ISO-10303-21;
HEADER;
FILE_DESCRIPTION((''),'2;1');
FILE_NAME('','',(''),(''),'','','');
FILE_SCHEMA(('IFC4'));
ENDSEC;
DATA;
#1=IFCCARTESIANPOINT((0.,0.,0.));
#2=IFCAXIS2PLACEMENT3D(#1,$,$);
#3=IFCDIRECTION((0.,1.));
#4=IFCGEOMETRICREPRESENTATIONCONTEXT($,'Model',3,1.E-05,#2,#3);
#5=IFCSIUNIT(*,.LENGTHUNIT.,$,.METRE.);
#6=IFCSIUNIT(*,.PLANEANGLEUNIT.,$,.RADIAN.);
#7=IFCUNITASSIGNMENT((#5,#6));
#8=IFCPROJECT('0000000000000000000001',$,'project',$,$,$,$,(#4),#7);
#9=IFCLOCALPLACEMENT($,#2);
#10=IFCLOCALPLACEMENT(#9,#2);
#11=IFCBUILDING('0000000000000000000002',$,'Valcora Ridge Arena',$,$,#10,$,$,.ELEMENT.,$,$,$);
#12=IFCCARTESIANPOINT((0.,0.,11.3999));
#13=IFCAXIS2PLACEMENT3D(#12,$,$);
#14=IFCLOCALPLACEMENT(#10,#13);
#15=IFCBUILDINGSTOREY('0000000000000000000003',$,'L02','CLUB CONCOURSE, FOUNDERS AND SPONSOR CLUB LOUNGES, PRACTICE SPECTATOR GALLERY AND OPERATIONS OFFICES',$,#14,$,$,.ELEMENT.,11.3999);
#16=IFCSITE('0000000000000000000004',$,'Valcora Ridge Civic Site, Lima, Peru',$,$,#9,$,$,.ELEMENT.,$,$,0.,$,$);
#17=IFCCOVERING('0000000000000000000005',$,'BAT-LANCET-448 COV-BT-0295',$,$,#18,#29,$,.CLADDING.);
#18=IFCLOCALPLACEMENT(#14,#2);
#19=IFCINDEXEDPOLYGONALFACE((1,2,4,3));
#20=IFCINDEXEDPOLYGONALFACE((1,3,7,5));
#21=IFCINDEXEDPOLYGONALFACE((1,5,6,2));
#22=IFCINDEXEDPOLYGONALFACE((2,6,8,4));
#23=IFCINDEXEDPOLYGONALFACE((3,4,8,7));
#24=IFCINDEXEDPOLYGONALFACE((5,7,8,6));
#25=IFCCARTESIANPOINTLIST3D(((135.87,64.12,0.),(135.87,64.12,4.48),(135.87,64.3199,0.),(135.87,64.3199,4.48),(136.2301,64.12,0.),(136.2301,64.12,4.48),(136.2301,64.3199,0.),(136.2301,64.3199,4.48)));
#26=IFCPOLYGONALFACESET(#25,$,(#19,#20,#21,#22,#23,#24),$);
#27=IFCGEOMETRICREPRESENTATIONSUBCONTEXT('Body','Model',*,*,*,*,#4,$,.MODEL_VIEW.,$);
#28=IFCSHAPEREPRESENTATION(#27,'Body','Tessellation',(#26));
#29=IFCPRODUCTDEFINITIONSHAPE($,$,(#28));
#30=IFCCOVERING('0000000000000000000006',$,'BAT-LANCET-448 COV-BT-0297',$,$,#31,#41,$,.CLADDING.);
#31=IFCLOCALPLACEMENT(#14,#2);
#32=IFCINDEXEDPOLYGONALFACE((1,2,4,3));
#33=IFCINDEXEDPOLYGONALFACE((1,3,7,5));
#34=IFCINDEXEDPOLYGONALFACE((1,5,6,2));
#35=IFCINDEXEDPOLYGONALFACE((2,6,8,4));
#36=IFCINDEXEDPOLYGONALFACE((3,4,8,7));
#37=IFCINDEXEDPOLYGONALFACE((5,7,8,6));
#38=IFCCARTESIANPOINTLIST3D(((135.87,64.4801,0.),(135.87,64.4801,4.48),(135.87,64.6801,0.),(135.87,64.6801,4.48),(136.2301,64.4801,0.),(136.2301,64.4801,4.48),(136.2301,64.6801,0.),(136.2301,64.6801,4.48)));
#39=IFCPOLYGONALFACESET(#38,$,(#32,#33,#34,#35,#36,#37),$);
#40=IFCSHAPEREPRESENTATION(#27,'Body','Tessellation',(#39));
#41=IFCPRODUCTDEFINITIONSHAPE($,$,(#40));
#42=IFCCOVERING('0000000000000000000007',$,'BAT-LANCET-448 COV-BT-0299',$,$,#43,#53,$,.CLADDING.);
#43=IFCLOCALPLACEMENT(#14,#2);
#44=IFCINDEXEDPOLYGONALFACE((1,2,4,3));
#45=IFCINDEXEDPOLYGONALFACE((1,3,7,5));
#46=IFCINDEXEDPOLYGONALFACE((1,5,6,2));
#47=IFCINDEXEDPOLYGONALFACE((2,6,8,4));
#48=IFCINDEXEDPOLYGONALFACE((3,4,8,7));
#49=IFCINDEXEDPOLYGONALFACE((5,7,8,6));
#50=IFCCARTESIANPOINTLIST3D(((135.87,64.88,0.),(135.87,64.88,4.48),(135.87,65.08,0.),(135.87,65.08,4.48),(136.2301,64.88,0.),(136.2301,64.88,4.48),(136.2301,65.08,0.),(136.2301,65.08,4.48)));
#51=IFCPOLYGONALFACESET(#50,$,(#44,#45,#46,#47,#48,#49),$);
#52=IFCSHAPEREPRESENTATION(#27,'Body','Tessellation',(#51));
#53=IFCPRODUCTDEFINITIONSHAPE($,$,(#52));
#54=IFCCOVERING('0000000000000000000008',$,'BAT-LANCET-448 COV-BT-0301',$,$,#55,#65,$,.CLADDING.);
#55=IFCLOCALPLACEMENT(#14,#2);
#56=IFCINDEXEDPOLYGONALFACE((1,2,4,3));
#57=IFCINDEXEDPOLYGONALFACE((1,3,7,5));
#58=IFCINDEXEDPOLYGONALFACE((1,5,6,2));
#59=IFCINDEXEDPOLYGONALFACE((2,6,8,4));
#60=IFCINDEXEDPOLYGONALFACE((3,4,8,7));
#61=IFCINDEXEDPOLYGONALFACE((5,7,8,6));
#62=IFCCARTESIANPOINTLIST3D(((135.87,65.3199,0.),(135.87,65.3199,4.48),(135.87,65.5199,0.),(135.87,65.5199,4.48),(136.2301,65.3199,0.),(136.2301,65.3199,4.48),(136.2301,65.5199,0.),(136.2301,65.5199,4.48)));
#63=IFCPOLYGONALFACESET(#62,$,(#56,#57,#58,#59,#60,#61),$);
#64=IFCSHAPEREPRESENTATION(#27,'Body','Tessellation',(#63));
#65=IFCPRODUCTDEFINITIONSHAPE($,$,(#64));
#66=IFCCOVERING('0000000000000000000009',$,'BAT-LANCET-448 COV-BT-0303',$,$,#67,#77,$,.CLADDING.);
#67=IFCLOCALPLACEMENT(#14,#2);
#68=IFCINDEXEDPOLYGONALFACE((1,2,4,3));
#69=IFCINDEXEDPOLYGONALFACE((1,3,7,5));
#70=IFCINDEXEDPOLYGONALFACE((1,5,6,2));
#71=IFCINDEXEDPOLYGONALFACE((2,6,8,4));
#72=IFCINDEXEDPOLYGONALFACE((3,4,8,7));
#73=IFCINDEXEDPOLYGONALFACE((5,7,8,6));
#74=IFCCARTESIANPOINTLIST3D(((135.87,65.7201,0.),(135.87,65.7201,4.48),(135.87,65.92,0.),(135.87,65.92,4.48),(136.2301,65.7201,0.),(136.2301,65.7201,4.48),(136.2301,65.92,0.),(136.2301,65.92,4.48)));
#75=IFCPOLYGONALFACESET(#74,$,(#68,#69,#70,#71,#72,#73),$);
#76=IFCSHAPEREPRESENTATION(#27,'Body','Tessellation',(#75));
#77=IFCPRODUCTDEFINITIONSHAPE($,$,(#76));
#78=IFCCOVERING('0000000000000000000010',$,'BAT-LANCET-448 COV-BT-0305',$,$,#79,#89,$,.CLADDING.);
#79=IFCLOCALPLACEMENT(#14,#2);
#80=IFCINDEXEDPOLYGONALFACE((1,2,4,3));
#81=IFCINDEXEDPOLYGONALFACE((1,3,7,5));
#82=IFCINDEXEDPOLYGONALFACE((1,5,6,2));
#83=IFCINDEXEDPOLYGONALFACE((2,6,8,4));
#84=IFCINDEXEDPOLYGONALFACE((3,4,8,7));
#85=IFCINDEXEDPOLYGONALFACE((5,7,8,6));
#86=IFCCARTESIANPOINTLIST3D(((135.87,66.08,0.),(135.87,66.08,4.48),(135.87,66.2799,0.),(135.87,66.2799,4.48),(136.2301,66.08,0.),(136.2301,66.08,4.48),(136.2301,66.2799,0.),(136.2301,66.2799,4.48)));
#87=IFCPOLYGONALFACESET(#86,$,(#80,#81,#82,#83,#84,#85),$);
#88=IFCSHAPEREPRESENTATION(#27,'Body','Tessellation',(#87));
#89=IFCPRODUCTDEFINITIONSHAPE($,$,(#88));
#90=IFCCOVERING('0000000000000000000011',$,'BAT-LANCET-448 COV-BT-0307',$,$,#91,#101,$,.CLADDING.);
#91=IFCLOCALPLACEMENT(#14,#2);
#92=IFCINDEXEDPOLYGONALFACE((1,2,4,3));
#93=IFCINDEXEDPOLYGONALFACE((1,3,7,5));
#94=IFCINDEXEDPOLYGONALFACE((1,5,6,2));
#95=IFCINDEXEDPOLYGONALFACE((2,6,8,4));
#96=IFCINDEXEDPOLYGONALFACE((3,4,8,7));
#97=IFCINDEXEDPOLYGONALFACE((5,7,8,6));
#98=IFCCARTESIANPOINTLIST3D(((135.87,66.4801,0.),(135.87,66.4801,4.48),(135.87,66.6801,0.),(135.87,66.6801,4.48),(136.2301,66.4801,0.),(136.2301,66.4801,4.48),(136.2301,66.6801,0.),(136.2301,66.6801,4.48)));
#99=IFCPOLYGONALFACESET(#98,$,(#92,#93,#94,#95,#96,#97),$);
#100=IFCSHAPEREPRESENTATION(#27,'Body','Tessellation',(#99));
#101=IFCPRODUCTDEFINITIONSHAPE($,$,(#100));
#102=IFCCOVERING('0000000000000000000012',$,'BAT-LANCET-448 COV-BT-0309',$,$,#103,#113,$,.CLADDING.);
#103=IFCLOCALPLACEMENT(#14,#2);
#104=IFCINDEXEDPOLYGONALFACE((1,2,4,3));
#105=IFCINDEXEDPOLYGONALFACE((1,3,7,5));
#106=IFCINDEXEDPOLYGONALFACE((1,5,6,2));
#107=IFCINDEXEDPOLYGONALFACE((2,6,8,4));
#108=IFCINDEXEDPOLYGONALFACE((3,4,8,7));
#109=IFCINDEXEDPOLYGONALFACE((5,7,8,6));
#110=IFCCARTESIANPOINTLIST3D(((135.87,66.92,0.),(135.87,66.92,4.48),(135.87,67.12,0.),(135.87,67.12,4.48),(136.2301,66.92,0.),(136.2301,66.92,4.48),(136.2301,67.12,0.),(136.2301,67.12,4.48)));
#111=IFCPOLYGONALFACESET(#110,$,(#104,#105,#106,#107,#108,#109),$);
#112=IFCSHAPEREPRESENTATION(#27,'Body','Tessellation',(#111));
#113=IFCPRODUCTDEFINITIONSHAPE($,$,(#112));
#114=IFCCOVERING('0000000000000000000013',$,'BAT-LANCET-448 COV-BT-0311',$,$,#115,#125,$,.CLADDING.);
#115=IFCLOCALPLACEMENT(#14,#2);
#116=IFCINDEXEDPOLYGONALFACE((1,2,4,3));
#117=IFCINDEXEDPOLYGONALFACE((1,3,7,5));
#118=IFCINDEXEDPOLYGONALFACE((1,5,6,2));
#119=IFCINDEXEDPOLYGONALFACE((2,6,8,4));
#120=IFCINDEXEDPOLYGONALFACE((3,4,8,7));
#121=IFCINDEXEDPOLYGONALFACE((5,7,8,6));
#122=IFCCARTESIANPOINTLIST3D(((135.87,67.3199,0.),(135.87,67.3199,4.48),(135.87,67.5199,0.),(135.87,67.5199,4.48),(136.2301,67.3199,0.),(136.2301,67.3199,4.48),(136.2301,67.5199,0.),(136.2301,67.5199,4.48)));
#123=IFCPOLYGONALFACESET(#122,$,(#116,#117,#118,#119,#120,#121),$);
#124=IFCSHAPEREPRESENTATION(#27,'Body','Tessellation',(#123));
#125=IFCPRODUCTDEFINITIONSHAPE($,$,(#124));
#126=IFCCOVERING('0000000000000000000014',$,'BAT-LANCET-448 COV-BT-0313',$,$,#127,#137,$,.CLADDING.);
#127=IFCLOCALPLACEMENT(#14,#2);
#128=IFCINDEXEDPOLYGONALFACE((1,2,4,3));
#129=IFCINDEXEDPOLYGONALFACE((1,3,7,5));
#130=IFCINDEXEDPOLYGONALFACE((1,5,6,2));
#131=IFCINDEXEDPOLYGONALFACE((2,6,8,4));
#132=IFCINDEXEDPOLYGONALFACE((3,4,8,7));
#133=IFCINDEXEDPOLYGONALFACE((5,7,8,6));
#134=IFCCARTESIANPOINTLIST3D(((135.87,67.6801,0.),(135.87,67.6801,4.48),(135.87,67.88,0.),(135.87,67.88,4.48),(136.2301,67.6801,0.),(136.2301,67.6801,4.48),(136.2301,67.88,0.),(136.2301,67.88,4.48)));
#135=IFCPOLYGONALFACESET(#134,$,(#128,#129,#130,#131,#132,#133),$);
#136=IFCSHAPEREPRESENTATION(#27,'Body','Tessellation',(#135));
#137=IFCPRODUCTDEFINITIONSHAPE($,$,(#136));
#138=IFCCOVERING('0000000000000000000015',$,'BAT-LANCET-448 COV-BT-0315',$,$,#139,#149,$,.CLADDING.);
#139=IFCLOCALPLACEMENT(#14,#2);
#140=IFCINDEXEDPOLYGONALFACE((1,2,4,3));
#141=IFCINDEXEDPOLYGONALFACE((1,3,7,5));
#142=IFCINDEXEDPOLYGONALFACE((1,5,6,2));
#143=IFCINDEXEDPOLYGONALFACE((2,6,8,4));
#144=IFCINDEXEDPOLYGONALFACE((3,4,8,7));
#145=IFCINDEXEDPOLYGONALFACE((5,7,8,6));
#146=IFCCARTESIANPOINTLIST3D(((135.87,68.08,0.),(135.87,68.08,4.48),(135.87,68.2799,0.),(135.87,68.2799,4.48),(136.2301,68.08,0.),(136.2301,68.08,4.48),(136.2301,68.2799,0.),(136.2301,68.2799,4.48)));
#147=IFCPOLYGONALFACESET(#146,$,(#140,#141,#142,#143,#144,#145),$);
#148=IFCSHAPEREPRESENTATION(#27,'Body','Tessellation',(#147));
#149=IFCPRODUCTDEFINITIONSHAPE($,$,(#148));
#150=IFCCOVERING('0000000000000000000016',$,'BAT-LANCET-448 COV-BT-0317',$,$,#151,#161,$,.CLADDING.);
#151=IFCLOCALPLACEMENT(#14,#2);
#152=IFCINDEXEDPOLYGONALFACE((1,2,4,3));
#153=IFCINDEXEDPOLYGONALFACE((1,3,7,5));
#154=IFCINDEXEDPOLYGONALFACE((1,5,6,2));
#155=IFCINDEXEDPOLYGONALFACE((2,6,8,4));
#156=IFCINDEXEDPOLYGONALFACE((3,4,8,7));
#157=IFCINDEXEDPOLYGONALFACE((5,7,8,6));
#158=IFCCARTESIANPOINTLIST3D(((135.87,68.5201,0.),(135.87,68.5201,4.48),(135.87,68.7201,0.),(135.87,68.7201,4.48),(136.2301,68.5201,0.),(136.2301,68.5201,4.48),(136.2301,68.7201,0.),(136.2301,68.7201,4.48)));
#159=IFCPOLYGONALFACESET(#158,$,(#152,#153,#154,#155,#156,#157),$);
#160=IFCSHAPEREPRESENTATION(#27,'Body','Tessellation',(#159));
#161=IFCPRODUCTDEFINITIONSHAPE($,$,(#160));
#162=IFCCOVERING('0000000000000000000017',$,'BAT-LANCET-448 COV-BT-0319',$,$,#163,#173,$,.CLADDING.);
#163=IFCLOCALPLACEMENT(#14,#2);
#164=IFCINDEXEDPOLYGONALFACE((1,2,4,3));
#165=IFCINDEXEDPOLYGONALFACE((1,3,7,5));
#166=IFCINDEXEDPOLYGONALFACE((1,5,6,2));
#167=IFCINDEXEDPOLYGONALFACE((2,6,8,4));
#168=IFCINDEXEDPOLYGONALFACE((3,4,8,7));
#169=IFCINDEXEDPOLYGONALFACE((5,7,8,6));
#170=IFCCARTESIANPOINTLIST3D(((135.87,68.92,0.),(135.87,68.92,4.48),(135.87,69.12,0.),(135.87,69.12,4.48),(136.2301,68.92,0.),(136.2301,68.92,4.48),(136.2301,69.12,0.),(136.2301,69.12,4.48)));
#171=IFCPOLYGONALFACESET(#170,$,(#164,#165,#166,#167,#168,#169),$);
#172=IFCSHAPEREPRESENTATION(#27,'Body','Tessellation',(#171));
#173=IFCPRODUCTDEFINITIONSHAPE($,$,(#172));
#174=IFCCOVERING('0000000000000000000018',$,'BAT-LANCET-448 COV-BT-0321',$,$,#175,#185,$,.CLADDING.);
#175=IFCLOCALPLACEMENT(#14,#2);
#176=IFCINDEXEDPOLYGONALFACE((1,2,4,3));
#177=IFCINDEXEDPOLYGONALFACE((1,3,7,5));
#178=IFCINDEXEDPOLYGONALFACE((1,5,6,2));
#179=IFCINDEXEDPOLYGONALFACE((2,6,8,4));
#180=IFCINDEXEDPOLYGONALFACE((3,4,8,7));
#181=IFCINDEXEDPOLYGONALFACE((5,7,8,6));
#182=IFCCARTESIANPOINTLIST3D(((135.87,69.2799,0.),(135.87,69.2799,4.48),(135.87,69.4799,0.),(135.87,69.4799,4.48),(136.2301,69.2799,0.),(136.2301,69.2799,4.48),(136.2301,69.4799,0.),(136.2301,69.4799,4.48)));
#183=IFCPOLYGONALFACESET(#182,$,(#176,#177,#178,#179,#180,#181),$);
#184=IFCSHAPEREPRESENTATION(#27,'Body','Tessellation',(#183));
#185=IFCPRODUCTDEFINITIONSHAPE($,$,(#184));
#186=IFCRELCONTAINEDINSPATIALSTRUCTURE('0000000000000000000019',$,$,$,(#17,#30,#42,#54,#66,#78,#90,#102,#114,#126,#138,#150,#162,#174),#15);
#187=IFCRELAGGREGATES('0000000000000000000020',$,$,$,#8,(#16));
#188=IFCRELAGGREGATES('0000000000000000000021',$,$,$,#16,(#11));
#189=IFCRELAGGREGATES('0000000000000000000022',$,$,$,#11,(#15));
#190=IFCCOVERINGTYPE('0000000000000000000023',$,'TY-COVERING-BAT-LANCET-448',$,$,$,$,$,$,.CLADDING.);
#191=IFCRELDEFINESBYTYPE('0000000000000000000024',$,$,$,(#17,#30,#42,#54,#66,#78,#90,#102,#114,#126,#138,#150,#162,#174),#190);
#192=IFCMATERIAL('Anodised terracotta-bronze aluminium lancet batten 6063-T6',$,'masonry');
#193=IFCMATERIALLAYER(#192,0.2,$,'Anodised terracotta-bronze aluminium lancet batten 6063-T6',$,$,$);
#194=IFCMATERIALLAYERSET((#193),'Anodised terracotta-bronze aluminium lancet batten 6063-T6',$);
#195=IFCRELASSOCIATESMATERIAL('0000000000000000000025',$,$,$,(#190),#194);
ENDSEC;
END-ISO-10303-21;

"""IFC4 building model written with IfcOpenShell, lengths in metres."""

from ifc_helpers import new_model, si_unit, direction, frame, origin, origin_2d, place, context, subcontext, project, spatial, rectangle, extrude, material, layer, layer_set, type_object, element, save


model = new_model("IFC4")

# Units and contexts
model_context = context("Model", 3, precision=1e-05, world=origin(), true_north=direction((0.0, 1.0)))
body_context = subcontext(model_context, "Body", "Model", "MODEL_VIEW")
ifc_project = project(units=[si_unit("LENGTHUNIT", "METRE"), si_unit("PLANEANGLEUNIT", "RADIAN")], contexts=[model_context])

# Site, building, storey
site_placement = place(None, origin())
site = spatial("IfcSite", under=ifc_project, at=site_placement, Name="Valcora Ridge Civic Site, Lima, Peru", CompositionType="ELEMENT", RefElevation=0.0)
building_placement = place(site_placement, origin())
building = spatial("IfcBuilding", under=site, at=building_placement, Name="Valcora Ridge Arena", CompositionType="ELEMENT")
storey_placement = place(building_placement, frame((0.0, 0.0, 11.3999)))
storey = spatial("IfcBuildingStorey", under=building, at=storey_placement, Name="L02", Description="CLUB CONCOURSE, FOUNDERS AND SPONSOR CLUB LOUNGES, PRACTICE SPECTATOR GALLERY AND OPERATIONS OFFICES", CompositionType="ELEMENT", Elevation=11.3999)

# Coverings
ifc_material_1 = material(Name="Anodised terracotta-bronze aluminium lancet batten 6063-T6", Category="masonry")
ifc_layer_1 = layer(ifc_material_1, 0.2, Name="Anodised terracotta-bronze aluminium lancet batten 6063-T6")
ifc_layer_set_1 = layer_set([ifc_layer_1], Name="Anodised terracotta-bronze aluminium lancet batten 6063-T6")
covering_type = type_object("IfcCoveringType", Name="TY-COVERING-BAT-LANCET-448", PredefinedType="CLADDING", material=ifc_layer_set_1)
for number, where, z_axis, x_axis, name in (
    (1, (136.05, 64.22, 0.0), (0.0, 0.0, 1.0), (1.0, 0.0, 0.0), "BAT-LANCET-448 COV-BT-0295"),
    (2, (136.05, 64.5801, 0.0), (0.0, 0.0, 1.0), (1.0, 0.0, 0.0), "BAT-LANCET-448 COV-BT-0297"),
    (3, (136.05, 64.98, 0.0), (0.0, 0.0, 1.0), (1.0, 0.0, 0.0), "BAT-LANCET-448 COV-BT-0299"),
    (4, (136.05, 65.4199, 0.0), (0.0, 0.0, 1.0), (1.0, 0.0, 0.0), "BAT-LANCET-448 COV-BT-0301"),
    (5, (136.05, 65.8201, 0.0), (0.0, 0.0, 1.0), (1.0, 0.0, 0.0), "BAT-LANCET-448 COV-BT-0303"),
    (6, (136.05, 66.1799, 0.0), (0.0, 0.0, 1.0), (1.0, 0.0, 0.0), "BAT-LANCET-448 COV-BT-0305"),
    (7, (136.05, 66.5801, 0.0), (0.0, 0.0, 1.0), (1.0, 0.0, 0.0), "BAT-LANCET-448 COV-BT-0307"),
    (8, (136.05, 67.02, 0.0), (0.0, 0.0, 1.0), (1.0, 0.0, 0.0), "BAT-LANCET-448 COV-BT-0309"),
    (9, (136.05, 67.4199, 0.0), (0.0, 0.0, 1.0), (1.0, 0.0, 0.0), "BAT-LANCET-448 COV-BT-0311"),
    (10, (136.05, 67.78, 0.0), (0.0, 0.0, 1.0), (1.0, 0.0, 0.0), "BAT-LANCET-448 COV-BT-0313"),
    (11, (136.05, 68.1799, 0.0), (0.0, 0.0, 1.0), (1.0, 0.0, 0.0), "BAT-LANCET-448 COV-BT-0315"),
    (12, (136.05, 68.6201, 0.0), (0.0, 0.0, 1.0), (1.0, 0.0, 0.0), "BAT-LANCET-448 COV-BT-0317"),
    (13, (136.05, 69.02, 0.0), (0.0, 0.0, 1.0), (1.0, 0.0, 0.0), "BAT-LANCET-448 COV-BT-0319"),
    (14, (136.05, 69.3799, 0.0), (0.0, 0.0, 1.0), (1.0, 0.0, 0.0), "BAT-LANCET-448 COV-BT-0321"),
):
    element("IfcCovering", number, at=place(storey_placement, frame(where, z_axis=z_axis, x_axis=x_axis)), inside=storey, type_object=covering_type, Name=name, PredefinedType="CLADDING", context=body_context, shape_type="SweptSolid", body=[
        extrude(rectangle(XDim=0.3601, YDim=0.2, at=origin_2d()), origin(), (0.0, 0.0, 1.0), 4.48),
    ])

save(model, "model.ifc")
